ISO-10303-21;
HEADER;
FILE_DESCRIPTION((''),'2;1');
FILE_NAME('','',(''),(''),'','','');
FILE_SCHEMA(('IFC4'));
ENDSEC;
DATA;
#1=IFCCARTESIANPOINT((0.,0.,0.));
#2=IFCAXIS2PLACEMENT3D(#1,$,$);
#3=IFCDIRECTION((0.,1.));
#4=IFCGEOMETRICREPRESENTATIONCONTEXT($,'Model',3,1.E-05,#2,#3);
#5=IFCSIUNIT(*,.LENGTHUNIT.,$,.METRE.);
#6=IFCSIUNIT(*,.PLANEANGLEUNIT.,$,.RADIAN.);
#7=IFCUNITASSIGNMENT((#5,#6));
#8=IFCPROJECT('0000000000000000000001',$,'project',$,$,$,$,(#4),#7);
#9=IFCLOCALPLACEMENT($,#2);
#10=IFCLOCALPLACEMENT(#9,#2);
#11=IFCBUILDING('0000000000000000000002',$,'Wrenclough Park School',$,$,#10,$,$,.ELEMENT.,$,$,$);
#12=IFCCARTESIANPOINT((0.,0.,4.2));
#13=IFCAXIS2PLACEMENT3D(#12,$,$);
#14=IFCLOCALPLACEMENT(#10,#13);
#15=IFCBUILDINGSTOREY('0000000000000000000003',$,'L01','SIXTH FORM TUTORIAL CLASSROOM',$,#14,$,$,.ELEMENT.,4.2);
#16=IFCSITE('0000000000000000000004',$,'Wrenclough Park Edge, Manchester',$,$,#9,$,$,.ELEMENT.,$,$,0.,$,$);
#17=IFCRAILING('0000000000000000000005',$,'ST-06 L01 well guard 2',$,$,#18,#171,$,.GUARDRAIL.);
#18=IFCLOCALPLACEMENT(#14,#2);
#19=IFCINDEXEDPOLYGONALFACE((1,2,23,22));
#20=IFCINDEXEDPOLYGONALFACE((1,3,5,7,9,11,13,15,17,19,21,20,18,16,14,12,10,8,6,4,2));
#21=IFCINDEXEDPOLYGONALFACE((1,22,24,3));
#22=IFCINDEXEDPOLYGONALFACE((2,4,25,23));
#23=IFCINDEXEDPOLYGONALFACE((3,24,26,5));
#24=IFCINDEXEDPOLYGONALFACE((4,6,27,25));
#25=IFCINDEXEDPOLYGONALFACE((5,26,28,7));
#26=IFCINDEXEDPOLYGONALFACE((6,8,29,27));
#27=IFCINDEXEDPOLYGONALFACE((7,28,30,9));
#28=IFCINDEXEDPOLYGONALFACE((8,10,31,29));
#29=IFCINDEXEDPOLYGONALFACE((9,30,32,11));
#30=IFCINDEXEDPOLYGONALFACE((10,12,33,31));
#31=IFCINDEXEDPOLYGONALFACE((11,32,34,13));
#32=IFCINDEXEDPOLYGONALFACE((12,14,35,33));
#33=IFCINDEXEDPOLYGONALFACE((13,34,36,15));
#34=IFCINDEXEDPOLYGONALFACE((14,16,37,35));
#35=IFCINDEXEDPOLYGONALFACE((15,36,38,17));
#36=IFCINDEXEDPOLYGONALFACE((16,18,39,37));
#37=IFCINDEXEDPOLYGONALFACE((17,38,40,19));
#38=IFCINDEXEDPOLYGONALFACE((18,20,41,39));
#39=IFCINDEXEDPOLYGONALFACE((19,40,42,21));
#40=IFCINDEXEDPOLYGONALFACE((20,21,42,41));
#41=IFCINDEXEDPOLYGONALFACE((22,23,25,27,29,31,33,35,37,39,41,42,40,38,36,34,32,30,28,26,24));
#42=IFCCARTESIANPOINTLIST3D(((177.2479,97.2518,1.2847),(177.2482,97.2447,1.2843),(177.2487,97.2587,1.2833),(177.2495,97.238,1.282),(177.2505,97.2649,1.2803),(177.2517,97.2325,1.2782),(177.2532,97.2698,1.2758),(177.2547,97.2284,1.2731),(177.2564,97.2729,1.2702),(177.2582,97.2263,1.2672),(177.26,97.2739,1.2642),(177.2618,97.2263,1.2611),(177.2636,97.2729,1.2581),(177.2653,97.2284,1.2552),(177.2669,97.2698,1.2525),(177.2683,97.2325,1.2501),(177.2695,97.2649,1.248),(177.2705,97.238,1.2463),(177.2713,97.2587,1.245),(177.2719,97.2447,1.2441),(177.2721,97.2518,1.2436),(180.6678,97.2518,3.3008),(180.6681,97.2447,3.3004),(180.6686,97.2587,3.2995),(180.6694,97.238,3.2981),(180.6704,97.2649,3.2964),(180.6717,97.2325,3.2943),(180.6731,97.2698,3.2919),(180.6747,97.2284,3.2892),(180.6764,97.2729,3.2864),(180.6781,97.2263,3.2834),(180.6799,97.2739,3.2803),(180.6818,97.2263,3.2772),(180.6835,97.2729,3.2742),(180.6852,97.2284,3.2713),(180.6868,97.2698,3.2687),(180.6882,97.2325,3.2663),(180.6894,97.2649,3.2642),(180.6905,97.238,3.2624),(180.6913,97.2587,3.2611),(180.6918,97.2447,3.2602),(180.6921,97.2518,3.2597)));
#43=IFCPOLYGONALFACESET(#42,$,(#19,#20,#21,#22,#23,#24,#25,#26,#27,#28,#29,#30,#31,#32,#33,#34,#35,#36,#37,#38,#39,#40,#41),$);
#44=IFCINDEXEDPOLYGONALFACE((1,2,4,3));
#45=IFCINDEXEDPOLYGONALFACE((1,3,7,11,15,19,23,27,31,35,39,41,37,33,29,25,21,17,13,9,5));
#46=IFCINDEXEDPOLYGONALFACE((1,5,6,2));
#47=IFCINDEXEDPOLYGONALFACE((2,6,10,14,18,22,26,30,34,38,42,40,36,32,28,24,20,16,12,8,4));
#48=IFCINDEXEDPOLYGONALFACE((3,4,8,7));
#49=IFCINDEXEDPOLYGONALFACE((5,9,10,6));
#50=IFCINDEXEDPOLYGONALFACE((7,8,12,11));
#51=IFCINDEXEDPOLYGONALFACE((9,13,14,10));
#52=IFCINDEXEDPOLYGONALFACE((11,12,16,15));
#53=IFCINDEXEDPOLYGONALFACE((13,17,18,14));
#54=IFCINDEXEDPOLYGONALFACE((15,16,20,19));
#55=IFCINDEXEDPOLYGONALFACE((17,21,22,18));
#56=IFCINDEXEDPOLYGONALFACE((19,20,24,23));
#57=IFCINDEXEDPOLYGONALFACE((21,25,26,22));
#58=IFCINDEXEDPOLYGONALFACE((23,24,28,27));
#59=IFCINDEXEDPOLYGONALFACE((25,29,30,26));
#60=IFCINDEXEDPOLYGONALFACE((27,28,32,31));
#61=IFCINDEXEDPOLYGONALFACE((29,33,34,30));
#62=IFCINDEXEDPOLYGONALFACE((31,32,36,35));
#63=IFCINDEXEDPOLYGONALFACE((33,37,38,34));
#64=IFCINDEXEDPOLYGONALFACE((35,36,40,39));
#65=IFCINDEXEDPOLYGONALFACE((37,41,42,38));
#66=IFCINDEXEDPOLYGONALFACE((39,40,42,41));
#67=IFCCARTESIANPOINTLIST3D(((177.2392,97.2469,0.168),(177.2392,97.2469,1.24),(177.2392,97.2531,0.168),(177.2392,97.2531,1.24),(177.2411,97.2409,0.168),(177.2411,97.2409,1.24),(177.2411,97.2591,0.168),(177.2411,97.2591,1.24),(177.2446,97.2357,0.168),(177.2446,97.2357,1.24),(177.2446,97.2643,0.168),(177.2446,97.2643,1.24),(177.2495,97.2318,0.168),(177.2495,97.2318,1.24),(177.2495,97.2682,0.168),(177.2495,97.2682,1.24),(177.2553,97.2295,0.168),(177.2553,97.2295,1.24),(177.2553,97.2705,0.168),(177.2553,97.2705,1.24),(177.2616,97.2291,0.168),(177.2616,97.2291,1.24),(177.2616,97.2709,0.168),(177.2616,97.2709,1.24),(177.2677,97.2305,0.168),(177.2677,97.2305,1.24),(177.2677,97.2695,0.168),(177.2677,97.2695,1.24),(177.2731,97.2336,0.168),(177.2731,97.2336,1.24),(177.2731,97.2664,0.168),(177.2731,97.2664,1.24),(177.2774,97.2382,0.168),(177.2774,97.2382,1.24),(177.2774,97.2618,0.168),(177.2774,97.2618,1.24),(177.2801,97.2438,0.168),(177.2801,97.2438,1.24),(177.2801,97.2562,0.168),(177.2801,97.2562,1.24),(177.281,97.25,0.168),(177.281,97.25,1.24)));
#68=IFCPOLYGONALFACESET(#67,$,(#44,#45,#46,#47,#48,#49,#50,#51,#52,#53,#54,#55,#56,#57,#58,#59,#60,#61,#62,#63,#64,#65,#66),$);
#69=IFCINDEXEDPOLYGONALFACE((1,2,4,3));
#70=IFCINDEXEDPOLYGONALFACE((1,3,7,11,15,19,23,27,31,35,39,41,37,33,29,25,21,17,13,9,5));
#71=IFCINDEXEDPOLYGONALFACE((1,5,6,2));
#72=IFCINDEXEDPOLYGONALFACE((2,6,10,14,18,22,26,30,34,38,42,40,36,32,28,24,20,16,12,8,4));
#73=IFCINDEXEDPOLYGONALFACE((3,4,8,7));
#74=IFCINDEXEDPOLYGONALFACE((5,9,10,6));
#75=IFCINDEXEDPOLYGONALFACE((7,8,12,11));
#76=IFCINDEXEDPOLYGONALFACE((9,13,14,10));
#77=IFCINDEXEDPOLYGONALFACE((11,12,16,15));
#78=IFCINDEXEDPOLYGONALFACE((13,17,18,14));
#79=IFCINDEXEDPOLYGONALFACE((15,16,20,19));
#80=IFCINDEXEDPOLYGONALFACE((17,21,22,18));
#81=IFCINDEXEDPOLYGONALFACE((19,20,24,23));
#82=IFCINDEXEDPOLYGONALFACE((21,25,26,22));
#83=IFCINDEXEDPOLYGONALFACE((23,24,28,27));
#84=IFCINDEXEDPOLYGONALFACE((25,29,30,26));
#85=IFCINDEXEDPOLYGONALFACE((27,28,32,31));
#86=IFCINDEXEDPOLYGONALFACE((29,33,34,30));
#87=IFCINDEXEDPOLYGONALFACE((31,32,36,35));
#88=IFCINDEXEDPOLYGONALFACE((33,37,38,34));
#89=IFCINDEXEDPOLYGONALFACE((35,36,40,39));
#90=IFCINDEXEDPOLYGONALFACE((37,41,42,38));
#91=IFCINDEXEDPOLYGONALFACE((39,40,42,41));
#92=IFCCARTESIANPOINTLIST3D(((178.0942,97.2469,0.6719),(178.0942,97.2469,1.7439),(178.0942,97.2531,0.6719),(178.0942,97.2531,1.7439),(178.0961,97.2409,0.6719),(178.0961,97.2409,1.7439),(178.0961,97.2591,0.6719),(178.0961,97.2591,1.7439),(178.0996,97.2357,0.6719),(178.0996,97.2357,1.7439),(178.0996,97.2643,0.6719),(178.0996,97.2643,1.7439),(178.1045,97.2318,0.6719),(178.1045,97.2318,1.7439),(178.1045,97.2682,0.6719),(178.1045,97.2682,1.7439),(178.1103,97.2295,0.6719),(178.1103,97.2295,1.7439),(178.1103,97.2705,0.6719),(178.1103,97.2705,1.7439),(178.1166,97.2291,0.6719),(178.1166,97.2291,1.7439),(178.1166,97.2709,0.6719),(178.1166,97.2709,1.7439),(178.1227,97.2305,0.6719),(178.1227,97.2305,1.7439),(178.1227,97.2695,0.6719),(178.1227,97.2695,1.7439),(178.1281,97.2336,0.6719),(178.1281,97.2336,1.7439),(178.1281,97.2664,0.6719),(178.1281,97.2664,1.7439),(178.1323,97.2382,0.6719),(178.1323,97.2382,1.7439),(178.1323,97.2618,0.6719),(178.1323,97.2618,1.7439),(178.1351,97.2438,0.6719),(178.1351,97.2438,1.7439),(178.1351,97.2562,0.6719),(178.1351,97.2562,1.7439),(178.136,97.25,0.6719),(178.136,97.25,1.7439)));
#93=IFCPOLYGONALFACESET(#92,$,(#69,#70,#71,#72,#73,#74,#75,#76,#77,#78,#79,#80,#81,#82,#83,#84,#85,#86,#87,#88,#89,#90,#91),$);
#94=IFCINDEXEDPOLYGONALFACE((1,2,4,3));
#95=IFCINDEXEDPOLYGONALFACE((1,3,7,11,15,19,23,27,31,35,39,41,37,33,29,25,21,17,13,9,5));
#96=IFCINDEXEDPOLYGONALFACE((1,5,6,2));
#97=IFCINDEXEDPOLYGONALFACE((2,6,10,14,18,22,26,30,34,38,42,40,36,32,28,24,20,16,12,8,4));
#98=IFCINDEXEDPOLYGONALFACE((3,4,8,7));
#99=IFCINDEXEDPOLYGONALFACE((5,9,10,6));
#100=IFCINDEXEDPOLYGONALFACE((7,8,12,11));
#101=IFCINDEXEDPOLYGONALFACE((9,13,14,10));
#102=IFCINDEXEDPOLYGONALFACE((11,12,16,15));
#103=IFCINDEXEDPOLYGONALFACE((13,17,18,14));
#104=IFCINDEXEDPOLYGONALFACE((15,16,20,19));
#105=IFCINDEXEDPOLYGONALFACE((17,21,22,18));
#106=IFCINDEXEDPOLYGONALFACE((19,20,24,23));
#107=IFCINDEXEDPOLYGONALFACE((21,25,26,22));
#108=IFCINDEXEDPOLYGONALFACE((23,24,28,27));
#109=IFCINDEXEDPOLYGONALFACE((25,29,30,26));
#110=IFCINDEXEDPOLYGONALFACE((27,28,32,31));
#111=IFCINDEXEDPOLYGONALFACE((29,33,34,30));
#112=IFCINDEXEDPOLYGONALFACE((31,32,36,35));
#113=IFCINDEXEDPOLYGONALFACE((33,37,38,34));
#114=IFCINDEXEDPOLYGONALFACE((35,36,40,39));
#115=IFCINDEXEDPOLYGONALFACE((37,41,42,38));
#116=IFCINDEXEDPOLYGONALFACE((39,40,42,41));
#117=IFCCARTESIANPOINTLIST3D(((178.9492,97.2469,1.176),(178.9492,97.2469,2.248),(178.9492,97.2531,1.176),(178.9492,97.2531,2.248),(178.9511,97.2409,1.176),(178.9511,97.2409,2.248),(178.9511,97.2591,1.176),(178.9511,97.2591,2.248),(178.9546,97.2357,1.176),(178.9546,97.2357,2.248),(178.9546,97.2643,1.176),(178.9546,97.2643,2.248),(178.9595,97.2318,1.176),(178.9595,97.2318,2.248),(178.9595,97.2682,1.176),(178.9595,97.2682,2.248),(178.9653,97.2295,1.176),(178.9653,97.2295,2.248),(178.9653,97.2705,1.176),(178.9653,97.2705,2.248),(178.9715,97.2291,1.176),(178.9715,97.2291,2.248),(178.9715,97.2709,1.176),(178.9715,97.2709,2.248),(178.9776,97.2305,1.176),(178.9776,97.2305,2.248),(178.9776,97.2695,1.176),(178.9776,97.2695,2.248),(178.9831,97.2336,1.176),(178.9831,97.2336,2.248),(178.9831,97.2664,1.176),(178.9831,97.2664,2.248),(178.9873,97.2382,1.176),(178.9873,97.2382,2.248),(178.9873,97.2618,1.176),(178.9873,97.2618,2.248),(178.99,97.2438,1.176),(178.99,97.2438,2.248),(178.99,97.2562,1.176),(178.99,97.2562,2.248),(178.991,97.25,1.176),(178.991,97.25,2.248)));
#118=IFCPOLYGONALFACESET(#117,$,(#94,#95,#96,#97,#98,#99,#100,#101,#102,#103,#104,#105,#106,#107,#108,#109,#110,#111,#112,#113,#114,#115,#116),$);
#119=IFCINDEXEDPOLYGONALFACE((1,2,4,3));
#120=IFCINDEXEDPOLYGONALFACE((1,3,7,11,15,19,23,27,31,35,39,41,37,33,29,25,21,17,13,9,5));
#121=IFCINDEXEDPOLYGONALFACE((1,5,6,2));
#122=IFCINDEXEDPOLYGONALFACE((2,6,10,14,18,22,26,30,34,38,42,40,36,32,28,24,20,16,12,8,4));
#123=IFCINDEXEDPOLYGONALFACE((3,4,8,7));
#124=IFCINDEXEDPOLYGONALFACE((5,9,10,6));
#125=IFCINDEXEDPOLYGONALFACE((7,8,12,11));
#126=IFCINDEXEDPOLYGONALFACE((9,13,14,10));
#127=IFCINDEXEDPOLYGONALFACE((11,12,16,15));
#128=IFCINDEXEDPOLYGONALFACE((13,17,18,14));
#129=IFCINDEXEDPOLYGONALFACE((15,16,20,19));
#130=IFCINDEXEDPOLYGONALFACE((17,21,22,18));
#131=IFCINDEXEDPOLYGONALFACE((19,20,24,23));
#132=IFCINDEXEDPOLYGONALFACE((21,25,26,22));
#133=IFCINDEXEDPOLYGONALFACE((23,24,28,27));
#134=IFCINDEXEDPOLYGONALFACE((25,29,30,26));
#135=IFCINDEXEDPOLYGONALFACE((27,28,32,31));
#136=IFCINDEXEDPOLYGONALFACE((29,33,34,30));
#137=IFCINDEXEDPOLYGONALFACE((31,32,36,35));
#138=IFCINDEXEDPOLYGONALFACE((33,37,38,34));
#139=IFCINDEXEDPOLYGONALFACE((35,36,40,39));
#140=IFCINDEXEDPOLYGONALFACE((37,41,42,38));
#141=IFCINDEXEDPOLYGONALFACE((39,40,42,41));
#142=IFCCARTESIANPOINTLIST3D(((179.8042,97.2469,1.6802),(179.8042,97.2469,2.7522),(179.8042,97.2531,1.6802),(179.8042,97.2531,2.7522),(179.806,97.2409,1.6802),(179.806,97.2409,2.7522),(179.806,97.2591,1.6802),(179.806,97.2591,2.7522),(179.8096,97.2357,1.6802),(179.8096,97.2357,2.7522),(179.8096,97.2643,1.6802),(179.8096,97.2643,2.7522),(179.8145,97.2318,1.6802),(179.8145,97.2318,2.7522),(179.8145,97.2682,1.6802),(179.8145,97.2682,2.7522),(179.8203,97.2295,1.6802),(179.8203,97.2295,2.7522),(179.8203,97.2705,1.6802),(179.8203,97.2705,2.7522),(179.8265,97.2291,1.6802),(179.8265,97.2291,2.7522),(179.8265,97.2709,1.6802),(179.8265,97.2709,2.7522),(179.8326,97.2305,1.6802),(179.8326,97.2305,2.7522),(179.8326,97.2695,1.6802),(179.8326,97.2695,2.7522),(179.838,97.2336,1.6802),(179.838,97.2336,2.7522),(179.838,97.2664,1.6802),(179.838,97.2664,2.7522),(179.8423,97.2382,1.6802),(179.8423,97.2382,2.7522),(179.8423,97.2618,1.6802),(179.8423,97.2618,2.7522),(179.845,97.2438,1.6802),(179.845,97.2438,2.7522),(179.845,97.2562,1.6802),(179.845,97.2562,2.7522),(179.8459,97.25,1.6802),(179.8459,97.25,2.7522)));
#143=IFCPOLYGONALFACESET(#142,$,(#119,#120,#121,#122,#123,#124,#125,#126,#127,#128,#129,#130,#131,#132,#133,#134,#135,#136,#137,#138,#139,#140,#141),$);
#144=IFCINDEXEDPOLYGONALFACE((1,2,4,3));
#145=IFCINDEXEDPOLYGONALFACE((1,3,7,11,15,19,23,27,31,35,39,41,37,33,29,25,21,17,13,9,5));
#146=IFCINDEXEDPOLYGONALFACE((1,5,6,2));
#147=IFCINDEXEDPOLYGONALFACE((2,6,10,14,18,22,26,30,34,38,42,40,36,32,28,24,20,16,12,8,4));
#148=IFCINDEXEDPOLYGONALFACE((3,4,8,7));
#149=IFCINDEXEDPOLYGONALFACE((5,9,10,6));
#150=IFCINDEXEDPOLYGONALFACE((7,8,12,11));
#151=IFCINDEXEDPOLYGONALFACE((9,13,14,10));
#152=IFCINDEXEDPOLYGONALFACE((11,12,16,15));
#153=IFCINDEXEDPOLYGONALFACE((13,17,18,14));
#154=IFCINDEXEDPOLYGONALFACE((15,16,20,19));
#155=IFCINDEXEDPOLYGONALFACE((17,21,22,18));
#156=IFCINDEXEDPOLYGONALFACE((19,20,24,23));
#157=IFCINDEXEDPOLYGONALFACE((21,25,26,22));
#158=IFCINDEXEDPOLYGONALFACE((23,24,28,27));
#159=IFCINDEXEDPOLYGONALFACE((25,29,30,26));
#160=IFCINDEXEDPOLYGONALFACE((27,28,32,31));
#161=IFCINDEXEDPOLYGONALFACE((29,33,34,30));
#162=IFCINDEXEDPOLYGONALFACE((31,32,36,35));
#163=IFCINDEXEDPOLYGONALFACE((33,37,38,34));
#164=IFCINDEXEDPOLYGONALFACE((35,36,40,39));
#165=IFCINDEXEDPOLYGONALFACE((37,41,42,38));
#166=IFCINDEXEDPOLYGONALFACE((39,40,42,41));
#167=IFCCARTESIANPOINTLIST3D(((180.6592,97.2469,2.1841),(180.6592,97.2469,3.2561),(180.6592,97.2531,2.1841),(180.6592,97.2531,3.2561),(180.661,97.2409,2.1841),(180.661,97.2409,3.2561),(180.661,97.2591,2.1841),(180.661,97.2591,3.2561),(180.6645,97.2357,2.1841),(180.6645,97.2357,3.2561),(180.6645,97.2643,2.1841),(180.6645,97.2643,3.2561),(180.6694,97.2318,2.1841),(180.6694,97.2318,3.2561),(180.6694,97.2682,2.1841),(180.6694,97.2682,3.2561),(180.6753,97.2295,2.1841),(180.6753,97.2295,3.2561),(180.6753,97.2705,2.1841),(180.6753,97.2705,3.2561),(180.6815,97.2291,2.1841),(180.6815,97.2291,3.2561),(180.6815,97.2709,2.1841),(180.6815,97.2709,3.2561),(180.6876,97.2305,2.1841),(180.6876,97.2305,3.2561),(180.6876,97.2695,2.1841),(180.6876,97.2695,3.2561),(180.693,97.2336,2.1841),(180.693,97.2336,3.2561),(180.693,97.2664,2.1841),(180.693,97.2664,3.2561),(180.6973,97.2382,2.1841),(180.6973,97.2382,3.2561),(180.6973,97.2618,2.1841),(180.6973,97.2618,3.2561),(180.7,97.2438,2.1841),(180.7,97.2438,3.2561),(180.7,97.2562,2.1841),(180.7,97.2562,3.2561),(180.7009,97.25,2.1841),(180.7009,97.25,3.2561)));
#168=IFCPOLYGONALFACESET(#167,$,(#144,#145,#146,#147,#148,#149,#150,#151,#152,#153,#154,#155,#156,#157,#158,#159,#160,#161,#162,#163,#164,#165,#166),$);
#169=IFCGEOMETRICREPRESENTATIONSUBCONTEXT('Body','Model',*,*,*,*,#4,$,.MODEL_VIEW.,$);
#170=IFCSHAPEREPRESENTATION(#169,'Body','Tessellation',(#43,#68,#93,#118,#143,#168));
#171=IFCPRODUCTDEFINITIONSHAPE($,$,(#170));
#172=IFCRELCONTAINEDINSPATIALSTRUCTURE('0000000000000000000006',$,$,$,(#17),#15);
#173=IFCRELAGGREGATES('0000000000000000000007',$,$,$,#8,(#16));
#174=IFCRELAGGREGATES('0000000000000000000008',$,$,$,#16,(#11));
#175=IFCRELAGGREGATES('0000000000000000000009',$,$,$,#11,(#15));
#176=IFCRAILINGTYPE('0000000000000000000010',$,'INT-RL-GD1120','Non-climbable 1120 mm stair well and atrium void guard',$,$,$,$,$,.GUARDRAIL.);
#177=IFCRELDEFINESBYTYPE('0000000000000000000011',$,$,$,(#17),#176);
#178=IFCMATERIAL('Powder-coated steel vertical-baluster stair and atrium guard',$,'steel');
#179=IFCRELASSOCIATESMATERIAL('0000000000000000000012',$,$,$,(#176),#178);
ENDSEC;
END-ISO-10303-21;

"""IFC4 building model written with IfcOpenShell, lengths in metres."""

from ifc_helpers import new_model, si_unit, direction, frame, origin, origin_2d, place, context, subcontext, project, spatial, circle, extrude, material, type_object, element, save


model = new_model("IFC4")

# Units and contexts
model_context = context("Model", 3, precision=1e-05, world=origin(), true_north=direction((0.0, 1.0)))
body_context = subcontext(model_context, "Body", "Model", "MODEL_VIEW")
ifc_project = project(units=[si_unit("LENGTHUNIT", "METRE"), si_unit("PLANEANGLEUNIT", "RADIAN")], contexts=[model_context])

# Site, building, storey
site_placement = place(None, origin())
site = spatial("IfcSite", under=ifc_project, at=site_placement, Name="Wrenclough Park Edge, Manchester", CompositionType="ELEMENT", RefElevation=0.0)
building_placement = place(site_placement, origin())
building = spatial("IfcBuilding", under=site, at=building_placement, Name="Wrenclough Park School", CompositionType="ELEMENT")
storey_placement = place(building_placement, frame((0.0, 0.0, 4.2)))
storey = spatial("IfcBuildingStorey", under=building, at=storey_placement, Name="L01", Description="SIXTH FORM TUTORIAL CLASSROOM", CompositionType="ELEMENT", Elevation=4.2)

# Railing
ifc_material_1 = material(Name="Powder-coated steel vertical-baluster stair and atrium guard", Category="steel")
railing_type_1 = type_object("IfcRailingType", Name="INT-RL-GD1120", Description="Non-climbable 1120 mm stair well and atrium void guard", PredefinedType="GUARDRAIL", material=ifc_material_1)
railing_1_placement = place(storey_placement, frame((177.26, 97.25, 0.168)))
element("IfcRailing", 1, at=railing_1_placement, inside=storey, type_object=railing_type_1, Name="ST-06 L01 well guard 2", PredefinedType="GUARDRAIL", context=body_context, shape_type="SweptSolid", body=[
    extrude(circle(Radius=0.0239, at=origin_2d()), frame((0.0, 0.0, 1.0962), z_axis=(0.86145, 0.0, 0.507842), x_axis=(0.0, 1.0, 0.0)), (0.0, 0.0, 1.0), 3.97),
    extrude(circle(Radius=0.021, at=origin_2d()), origin(), (0.0, 0.0, 1.0), 1.072),
    extrude(circle(Radius=0.021, at=origin_2d()), frame((0.855, 0.0, 0.5039)), (0.0, 0.0, 1.0), 1.072),
    extrude(circle(Radius=0.021, at=origin_2d()), frame((1.71, 0.0, 1.0081)), (0.0, 0.0, 1.0), 1.072),
    extrude(circle(Radius=0.021, at=origin_2d()), frame((2.5649, 0.0, 1.5122)), (0.0, 0.0, 1.0), 1.072),
    extrude(circle(Radius=0.021, at=origin_2d()), frame((3.4199, 0.0, 2.0161)), (0.0, 0.0, 1.0), 1.072),
])

save(model, "model.ifc")
